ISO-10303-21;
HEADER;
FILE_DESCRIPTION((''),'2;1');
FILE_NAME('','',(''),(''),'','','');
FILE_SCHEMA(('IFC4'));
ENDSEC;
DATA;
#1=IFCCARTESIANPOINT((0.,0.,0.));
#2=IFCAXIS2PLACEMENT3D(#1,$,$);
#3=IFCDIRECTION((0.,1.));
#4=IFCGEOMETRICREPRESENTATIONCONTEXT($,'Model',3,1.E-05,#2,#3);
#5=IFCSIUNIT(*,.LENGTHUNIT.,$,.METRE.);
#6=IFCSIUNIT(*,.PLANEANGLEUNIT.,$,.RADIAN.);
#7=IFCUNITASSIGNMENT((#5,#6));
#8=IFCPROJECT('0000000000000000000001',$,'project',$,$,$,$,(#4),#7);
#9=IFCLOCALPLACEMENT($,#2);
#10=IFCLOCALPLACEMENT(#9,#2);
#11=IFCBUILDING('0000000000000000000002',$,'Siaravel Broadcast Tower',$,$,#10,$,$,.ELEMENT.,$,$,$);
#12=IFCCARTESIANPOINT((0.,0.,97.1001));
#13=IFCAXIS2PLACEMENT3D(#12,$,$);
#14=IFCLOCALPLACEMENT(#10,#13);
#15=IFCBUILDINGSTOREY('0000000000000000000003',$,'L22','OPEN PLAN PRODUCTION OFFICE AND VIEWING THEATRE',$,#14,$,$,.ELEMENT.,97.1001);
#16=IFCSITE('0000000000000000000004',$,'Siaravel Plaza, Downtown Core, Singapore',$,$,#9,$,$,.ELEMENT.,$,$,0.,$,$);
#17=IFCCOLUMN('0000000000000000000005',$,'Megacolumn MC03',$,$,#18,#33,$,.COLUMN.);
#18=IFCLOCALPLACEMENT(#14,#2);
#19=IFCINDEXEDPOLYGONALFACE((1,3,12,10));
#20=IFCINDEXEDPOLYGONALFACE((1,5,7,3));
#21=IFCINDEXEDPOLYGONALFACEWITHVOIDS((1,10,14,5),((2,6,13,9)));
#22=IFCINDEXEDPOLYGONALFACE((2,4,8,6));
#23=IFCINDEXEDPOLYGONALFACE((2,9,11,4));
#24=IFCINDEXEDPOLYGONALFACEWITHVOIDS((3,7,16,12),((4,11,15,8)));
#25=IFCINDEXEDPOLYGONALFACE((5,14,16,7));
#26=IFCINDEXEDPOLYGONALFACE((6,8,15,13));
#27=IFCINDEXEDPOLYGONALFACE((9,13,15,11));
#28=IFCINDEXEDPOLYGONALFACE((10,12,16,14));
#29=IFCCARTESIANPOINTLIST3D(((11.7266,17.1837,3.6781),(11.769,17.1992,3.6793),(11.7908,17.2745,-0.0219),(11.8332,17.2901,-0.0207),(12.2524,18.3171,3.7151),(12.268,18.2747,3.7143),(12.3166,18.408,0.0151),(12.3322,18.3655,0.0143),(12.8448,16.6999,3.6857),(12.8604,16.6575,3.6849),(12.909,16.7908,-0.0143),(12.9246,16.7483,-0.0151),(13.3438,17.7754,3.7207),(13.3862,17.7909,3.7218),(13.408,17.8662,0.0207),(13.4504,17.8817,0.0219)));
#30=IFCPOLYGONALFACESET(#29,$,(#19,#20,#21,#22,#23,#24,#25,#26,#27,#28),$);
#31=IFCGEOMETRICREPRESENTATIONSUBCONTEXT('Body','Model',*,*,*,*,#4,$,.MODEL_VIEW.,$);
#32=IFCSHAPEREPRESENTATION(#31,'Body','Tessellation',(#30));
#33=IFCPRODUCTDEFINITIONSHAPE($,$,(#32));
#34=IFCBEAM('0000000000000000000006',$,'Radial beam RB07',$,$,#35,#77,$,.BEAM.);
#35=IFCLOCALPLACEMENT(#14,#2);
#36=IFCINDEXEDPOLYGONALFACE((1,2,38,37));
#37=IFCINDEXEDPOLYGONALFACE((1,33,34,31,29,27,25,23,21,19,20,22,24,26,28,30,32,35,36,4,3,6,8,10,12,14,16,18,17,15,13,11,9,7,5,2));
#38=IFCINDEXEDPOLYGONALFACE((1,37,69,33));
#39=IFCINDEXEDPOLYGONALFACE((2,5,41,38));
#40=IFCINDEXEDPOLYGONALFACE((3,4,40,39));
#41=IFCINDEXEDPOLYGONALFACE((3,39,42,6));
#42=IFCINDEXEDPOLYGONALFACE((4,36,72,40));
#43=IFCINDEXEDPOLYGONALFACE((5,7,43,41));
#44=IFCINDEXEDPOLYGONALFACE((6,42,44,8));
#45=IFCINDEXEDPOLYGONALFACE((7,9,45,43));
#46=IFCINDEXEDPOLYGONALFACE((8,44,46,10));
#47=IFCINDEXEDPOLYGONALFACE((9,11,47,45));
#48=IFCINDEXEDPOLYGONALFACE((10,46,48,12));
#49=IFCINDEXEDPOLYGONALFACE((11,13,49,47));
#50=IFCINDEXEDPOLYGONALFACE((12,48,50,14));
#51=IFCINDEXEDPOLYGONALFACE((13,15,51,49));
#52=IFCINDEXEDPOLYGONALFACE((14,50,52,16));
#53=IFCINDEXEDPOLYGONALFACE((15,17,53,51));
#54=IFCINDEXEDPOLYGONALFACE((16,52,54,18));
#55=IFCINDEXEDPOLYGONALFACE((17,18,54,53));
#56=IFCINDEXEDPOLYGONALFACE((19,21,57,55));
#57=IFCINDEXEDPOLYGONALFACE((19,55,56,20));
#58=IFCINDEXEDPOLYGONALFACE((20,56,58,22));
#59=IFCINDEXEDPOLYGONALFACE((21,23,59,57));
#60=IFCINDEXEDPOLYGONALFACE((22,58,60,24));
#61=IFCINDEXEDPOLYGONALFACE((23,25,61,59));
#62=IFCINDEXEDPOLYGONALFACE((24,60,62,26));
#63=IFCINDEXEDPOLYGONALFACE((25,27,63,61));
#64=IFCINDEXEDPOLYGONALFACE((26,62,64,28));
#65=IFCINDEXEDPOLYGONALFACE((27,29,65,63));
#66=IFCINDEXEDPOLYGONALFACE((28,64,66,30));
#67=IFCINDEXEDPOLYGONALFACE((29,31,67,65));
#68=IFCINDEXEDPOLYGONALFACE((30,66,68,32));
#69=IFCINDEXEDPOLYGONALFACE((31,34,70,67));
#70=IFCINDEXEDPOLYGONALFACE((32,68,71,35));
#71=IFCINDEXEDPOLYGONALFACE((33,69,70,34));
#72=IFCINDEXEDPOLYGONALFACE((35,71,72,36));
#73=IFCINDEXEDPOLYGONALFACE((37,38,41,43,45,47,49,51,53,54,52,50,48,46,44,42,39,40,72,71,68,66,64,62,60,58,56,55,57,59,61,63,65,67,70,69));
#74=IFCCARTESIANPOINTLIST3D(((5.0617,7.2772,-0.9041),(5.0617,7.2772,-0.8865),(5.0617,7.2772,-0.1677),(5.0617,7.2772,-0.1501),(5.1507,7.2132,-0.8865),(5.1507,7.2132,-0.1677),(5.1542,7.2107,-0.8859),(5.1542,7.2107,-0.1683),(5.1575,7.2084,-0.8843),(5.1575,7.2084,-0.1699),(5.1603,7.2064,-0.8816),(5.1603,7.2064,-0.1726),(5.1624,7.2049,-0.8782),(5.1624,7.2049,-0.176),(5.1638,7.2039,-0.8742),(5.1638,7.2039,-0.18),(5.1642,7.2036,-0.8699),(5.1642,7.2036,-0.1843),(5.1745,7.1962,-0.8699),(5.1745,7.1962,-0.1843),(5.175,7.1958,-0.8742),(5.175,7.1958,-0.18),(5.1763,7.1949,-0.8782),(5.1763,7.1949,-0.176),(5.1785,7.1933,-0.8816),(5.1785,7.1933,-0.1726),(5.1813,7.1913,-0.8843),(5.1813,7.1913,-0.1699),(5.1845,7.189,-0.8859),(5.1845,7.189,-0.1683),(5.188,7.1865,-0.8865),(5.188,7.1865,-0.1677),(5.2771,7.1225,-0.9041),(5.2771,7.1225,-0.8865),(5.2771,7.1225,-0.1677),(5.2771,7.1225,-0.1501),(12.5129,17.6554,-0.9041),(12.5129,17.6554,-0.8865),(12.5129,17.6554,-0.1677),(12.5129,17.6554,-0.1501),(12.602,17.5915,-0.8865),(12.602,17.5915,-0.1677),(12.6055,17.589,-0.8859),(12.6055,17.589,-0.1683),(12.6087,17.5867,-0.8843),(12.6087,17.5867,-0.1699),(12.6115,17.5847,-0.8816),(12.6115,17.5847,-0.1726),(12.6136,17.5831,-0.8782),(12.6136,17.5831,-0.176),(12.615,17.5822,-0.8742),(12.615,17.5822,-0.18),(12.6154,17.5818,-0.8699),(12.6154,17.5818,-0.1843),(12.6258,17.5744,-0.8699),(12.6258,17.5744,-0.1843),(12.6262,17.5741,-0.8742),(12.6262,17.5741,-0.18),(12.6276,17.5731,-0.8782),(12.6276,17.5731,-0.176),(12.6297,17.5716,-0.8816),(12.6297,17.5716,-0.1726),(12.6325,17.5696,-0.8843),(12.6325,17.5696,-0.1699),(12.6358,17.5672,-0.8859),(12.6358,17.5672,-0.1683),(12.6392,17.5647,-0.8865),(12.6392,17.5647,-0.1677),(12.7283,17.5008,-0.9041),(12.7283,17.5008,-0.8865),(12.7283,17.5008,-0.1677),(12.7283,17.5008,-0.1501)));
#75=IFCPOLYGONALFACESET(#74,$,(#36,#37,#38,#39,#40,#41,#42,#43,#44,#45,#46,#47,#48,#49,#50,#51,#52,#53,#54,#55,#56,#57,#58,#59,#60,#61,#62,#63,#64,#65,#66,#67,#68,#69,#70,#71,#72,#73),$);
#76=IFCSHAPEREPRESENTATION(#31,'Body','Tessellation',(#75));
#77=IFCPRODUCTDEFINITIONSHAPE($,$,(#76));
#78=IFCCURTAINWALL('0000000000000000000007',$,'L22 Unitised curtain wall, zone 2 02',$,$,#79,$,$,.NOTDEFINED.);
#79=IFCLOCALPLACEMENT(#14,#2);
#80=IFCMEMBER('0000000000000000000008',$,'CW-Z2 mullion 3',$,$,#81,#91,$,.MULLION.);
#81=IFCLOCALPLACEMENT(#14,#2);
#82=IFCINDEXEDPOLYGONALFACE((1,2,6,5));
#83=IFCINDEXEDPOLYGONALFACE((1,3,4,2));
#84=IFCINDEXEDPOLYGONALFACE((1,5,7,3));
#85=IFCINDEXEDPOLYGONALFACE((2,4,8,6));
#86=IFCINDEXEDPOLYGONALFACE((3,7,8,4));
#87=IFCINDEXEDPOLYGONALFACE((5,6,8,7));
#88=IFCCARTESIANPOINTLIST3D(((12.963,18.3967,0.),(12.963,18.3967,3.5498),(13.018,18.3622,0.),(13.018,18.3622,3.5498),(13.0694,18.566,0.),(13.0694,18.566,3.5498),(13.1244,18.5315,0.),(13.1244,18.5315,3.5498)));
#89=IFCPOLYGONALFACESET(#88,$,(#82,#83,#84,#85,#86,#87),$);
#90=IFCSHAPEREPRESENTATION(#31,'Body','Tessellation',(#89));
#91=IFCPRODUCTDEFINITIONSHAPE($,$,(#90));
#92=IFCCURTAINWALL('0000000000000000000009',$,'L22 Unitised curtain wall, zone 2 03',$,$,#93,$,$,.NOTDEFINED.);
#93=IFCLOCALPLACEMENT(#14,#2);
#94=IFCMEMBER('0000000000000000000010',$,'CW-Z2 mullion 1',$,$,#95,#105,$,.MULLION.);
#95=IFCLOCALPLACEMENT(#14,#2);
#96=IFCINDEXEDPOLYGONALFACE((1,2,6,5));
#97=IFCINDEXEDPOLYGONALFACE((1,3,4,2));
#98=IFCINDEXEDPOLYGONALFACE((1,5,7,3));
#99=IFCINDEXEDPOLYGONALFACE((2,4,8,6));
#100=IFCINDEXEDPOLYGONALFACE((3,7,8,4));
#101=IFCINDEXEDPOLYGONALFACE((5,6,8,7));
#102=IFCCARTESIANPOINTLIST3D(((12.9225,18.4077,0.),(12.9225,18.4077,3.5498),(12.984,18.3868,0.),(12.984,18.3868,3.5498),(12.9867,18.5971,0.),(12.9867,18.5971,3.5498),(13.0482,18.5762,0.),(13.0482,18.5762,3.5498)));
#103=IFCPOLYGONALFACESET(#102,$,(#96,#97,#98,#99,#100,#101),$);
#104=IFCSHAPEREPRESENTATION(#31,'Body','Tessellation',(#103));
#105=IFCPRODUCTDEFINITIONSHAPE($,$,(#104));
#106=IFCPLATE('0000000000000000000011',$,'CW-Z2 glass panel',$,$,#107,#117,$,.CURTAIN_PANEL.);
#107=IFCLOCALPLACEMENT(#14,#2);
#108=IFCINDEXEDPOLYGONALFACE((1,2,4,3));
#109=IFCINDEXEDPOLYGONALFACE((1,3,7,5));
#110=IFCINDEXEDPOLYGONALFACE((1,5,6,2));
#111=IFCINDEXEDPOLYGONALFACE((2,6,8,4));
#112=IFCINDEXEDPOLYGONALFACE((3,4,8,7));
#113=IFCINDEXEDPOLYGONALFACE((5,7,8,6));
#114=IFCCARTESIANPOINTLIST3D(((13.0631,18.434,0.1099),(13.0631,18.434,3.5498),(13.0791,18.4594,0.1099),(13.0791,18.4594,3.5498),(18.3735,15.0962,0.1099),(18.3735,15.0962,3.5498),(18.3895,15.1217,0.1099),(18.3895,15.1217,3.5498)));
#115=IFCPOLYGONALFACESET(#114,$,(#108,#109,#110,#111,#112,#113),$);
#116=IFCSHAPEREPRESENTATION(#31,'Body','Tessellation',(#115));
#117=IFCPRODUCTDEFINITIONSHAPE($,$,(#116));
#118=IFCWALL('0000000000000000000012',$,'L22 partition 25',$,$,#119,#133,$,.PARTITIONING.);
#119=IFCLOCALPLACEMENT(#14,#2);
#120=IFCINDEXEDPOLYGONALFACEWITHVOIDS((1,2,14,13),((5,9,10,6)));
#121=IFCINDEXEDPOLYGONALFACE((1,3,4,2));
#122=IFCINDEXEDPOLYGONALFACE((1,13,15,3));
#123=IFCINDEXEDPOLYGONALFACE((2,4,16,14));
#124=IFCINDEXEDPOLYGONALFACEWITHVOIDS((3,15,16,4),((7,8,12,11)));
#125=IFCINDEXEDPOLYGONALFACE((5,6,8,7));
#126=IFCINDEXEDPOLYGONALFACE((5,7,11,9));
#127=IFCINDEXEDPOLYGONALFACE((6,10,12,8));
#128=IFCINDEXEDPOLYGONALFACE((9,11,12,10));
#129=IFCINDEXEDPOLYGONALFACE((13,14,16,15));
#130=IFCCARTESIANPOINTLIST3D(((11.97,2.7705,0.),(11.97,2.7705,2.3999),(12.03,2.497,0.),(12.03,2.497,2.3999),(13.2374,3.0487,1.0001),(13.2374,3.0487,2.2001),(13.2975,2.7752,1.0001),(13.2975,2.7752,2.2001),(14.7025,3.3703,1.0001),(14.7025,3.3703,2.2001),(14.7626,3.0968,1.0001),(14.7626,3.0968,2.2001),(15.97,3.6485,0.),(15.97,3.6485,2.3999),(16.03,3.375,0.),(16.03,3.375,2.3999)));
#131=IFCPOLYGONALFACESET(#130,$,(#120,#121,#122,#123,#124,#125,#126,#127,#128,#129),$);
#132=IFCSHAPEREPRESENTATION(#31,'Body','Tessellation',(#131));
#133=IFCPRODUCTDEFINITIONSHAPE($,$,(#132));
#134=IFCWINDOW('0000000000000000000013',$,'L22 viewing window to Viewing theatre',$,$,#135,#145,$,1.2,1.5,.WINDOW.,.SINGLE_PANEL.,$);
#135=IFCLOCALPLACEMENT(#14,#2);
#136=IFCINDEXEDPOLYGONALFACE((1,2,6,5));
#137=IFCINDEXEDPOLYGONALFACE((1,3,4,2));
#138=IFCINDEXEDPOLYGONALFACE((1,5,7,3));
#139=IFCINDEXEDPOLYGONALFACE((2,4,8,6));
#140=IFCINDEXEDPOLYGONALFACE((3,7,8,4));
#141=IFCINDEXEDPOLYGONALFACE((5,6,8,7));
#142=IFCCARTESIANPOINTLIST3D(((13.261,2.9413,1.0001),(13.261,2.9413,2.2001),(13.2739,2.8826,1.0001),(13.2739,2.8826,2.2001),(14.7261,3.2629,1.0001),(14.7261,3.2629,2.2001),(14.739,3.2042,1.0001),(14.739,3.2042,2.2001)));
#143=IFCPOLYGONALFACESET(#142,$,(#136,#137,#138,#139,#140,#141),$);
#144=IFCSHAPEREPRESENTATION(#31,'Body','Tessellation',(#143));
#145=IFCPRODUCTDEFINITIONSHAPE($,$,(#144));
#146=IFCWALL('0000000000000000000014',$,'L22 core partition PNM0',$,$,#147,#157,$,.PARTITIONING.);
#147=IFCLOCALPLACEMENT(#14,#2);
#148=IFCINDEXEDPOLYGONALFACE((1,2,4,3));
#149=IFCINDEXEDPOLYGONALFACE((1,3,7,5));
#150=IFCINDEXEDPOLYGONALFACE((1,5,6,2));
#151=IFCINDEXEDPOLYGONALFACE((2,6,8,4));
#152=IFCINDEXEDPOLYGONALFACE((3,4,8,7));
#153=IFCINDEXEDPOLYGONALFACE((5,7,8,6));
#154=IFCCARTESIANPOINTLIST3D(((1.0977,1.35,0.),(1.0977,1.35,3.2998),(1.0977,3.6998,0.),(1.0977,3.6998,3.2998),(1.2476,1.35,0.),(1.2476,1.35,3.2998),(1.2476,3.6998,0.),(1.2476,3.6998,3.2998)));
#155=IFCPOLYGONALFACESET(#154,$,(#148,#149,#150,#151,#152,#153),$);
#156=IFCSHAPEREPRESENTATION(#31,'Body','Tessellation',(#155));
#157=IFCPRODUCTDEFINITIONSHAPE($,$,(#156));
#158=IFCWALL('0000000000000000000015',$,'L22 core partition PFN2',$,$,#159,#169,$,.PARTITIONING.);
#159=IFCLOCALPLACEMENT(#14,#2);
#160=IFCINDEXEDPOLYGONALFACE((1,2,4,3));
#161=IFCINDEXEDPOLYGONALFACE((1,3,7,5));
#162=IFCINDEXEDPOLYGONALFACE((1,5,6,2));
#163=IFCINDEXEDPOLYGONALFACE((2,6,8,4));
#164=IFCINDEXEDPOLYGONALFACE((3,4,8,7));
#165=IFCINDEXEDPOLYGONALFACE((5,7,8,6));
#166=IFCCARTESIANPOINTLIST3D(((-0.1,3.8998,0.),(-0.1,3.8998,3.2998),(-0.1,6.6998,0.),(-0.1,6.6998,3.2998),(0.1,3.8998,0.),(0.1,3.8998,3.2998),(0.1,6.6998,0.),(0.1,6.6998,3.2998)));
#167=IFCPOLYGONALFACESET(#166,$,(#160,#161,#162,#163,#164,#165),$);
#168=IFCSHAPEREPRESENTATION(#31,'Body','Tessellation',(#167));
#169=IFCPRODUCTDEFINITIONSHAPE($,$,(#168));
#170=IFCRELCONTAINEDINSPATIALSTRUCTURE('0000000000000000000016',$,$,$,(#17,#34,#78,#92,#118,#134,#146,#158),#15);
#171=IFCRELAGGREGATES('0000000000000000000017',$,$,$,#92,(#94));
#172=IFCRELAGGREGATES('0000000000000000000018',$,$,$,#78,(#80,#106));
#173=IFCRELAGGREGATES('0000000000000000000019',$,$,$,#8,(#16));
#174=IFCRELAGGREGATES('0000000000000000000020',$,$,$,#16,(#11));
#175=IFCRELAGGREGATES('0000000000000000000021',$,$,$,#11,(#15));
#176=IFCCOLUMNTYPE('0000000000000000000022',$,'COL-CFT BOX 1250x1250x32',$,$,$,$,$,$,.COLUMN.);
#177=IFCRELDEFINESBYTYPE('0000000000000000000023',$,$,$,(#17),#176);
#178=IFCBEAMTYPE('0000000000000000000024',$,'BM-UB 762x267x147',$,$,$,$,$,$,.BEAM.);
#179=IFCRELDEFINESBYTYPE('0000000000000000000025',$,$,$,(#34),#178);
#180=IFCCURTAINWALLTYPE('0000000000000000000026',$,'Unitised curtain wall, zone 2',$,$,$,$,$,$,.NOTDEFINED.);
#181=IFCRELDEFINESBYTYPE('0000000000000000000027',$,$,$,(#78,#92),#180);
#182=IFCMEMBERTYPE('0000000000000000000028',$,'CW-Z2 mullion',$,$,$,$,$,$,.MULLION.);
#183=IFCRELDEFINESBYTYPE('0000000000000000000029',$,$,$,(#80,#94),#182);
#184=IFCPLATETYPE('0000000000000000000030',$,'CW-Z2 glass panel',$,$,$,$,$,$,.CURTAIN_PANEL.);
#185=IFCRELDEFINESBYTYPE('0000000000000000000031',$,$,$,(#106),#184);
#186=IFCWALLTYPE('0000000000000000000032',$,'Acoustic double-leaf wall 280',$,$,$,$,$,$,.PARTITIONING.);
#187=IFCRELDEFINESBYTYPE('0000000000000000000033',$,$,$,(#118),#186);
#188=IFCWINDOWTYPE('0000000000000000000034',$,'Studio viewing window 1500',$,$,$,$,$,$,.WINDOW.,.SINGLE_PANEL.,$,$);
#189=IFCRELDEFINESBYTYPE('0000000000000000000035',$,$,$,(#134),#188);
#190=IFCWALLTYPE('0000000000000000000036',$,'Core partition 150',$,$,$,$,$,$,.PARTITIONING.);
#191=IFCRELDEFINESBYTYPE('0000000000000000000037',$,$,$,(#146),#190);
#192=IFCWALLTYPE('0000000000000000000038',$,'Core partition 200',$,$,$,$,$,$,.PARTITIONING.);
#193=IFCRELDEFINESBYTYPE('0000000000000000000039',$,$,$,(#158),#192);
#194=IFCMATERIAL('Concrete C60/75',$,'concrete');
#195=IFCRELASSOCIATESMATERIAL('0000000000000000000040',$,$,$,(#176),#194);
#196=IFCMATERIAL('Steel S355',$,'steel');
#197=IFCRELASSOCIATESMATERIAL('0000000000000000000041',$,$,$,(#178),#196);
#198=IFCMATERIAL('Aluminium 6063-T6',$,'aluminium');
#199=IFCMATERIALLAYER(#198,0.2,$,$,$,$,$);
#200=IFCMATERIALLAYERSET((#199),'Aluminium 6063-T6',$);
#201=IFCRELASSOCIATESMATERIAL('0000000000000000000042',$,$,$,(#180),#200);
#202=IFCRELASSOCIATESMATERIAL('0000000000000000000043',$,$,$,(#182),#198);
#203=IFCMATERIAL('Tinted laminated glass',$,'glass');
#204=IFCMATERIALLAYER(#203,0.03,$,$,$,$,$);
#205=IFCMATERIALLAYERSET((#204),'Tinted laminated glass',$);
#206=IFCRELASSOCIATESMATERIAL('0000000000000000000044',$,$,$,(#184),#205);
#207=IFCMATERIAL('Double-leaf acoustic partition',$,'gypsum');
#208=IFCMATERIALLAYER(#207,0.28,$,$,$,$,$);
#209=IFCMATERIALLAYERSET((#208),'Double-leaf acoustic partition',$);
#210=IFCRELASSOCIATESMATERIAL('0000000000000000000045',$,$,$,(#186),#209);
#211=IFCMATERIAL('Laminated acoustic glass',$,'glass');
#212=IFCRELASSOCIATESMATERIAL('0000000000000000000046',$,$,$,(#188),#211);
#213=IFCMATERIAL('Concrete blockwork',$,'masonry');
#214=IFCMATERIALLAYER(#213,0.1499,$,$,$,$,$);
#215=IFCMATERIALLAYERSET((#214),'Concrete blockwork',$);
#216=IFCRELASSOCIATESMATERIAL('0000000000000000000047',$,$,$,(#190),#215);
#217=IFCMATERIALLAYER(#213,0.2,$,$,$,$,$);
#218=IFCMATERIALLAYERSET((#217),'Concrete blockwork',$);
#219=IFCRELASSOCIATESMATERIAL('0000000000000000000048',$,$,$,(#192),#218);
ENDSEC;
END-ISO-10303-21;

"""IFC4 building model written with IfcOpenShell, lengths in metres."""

from ifc_helpers import new_model, si_unit, direction, frame, frame_2d, origin, origin_2d, place, context, subcontext, project, spatial, rectangle, hollow_rectangle, i_section, extrude, material, layer, layer_set, material_profile, profile_set, type_object, element, fill, aggregate, save


model = new_model("IFC4")

# Units and contexts
model_context = context("Model", 3, precision=1e-05, world=origin(), true_north=direction((0.0, 1.0)))
body_context = subcontext(model_context, "Body", "Model", "MODEL_VIEW")
ifc_project = project(units=[si_unit("LENGTHUNIT", "METRE"), si_unit("PLANEANGLEUNIT", "RADIAN")], contexts=[model_context])

# Site, building, storey
site_placement = place(None, origin())
site = spatial("IfcSite", under=ifc_project, at=site_placement, Name="Siaravel Plaza, Downtown Core, Singapore", CompositionType="ELEMENT", RefElevation=0.0)
building_placement = place(site_placement, origin())
building = spatial("IfcBuilding", under=site, at=building_placement, Name="Siaravel Broadcast Tower", CompositionType="ELEMENT")
storey_placement = place(building_placement, frame((0.0, 0.0, 97.1001)))
storey = spatial("IfcBuildingStorey", under=building, at=storey_placement, Name="L22", Description="OPEN PLAN PRODUCTION OFFICE AND VIEWING THEATRE", CompositionType="ELEMENT", Elevation=97.1001)

# Column
ifc_material_1 = material(Name="Concrete C60/75", Category="concrete")
ifc_material_profile_1 = material_profile(ifc_material_1, hollow_rectangle(XDim=1.25, YDim=1.25, WallThickness=0.032, at=origin_2d()))
ifc_profile_set_1 = profile_set([ifc_material_profile_1], Name="Concrete C60/75")
column_type = type_object("IfcColumnType", Name="COL-CFT BOX 1250x1250x32", PredefinedType="COLUMN", material=ifc_profile_set_1)
column_placement = place(storey_placement, frame((12.6206, 17.5781, 0.0), z_axis=(-0.017346, -0.024535, 0.999548), x_axis=(0.907049, -0.42099, 0.005407)))
element("IfcColumn", 1, at=column_placement, inside=storey, type_object=column_type, Name="Megacolumn MC03", PredefinedType="COLUMN", context=body_context, shape_type="SweptSolid", body=[
    extrude(hollow_rectangle(XDim=1.25, YDim=1.25, WallThickness=0.032, at=origin_2d()), origin(), (0.0, 0.0, 1.0), 3.7017),
])

# Beam
ifc_material_2 = material(Name="Steel S355", Category="steel")
ifc_material_profile_2 = material_profile(ifc_material_2, i_section(OverallWidth=0.2651, OverallDepth=0.7539, WebThickness=0.0127, FlangeThickness=0.0176, FilletRadius=0.0166, at=origin_2d()))
ifc_profile_set_2 = profile_set([ifc_material_profile_2], Name="Steel S355")
beam_type = type_object("IfcBeamType", Name="BM-UB 762x267x147", PredefinedType="BEAM", material=ifc_profile_set_2)
beam_placement = place(storey_placement, frame((12.6206, 17.5781, -0.5271), z_axis=(-0.583216, -0.812317, 0.0), x_axis=(0.812317, -0.583216, 0.0)))
element("IfcBeam", 2, at=beam_placement, inside=storey, type_object=beam_type, Name="Radial beam RB07", PredefinedType="BEAM", context=body_context, shape_type="SweptSolid", body=[
    extrude(i_section(OverallWidth=0.2651, OverallDepth=0.7539, WebThickness=0.0127, FlangeThickness=0.0176, FilletRadius=0.0166, at=origin_2d()), origin(), (0.0, 0.0, 1.0), 12.7761),
])

# Curtain walls, members
ifc_material_3 = material(Name="Aluminium 6063-T6", Category="aluminium")
ifc_layer_1 = layer(ifc_material_3, 0.2)
ifc_layer_set_1 = layer_set([ifc_layer_1], Name="Aluminium 6063-T6")
curtain_wall_type = type_object("IfcCurtainWallType", Name="Unitised curtain wall, zone 2", PredefinedType="NOTDEFINED", material=ifc_layer_set_1)
curtain_wall_1_placement = place(storey_placement, origin())
curtain_wall_1 = element("IfcCurtainWall", 3, at=curtain_wall_1_placement, inside=storey, type_object=curtain_wall_type, Name="L22 Unitised curtain wall, zone 2 02", PredefinedType="NOTDEFINED")
ifc_material_profile_3 = material_profile(ifc_material_3, rectangle(XDim=0.2, YDim=0.0649, at=origin_2d()))
ifc_profile_set_3 = profile_set([ifc_material_profile_3], Name="Aluminium 6063-T6")
member_type = type_object("IfcMemberType", Name="CW-Z2 mullion", PredefinedType="MULLION", material=ifc_profile_set_3)
member_1_placement = place(storey_placement, frame((13.0437, 18.4641, 0.0), z_axis=(0.0, 0.0, 1.0), x_axis=(-0.532149, -0.846651, 0.0)))
member_1 = element("IfcMember", 4, at=member_1_placement, type_object=member_type, Name="CW-Z2 mullion 3", PredefinedType="MULLION", context=body_context, shape_type="SweptSolid", body=[
    extrude(rectangle(XDim=0.2, YDim=0.0649, at=origin_2d()), origin(), (0.0, 0.0, 1.0), 3.5498),
])
curtain_wall_2_placement = place(storey_placement, origin())
curtain_wall_2 = element("IfcCurtainWall", 5, at=curtain_wall_2_placement, inside=storey, type_object=curtain_wall_type, Name="L22 Unitised curtain wall, zone 2 03", PredefinedType="NOTDEFINED")
member_2_placement = place(storey_placement, frame((12.9854, 18.4919, 0.0), z_axis=(0.0, 0.0, 1.0), x_axis=(-0.3213, -0.946977, 0.0)))
member_2 = element("IfcMember", 6, at=member_2_placement, type_object=member_type, Name="CW-Z2 mullion 1", PredefinedType="MULLION", context=body_context, shape_type="SweptSolid", body=[
    extrude(rectangle(XDim=0.2, YDim=0.0649, at=origin_2d()), origin(), (0.0, 0.0, 1.0), 3.5498),
])
aggregate(curtain_wall_2, [member_2])

# Plate
ifc_material_4 = material(Name="Tinted laminated glass", Category="glass")
ifc_layer_2 = layer(ifc_material_4, 0.03)
ifc_layer_set_2 = layer_set([ifc_layer_2], Name="Tinted laminated glass")
plate_type = type_object("IfcPlateType", Name="CW-Z2 glass panel", PredefinedType="CURTAIN_PANEL", material=ifc_layer_set_2)
plate_placement = place(storey_placement, frame((15.7263, 16.7778, 0.1099), z_axis=(0.0, 0.0, 1.0), x_axis=(-0.846651, 0.532149, 0.0)))
plate = element("IfcPlate", 7, at=plate_placement, type_object=plate_type, Name="CW-Z2 glass panel", PredefinedType="CURTAIN_PANEL", context=body_context, shape_type="SweptSolid", body=[
    extrude(rectangle(XDim=6.2722, YDim=0.03, at=origin_2d()), origin(), (0.0, 0.0, 1.0), 3.4399),
])
aggregate(curtain_wall_1, [member_1, plate])

# Wall, opening, window
ifc_material_5 = material(Name="Double-leaf acoustic partition", Category="gypsum")
ifc_layer_3 = layer(ifc_material_5, 0.28)
ifc_layer_set_3 = layer_set([ifc_layer_3], Name="Double-leaf acoustic partition")
wall_type_1 = type_object("IfcWallType", Name="Acoustic double-leaf wall 280", PredefinedType="PARTITIONING", material=ifc_layer_set_3)
wall_1_placement = place(storey_placement, frame((16.0, 3.5117, 0.0), z_axis=(0.0, 0.0, 1.0), x_axis=(-0.97675, -0.21438, 0.0)))
wall_1 = element("IfcWall", 8, at=wall_1_placement, inside=storey, type_object=wall_type_1, Name="L22 partition 25", PredefinedType="PARTITIONING", context=body_context, shape_type="SweptSolid", body=[
    extrude(rectangle(XDim=4.0952, YDim=0.28, at=frame_2d((2.0476, 0.0))), origin(), (0.0, 0.0, 1.0), 2.3999),
])
opening_1_placement = place(wall_1_placement, frame((1.2976, 0.0, 1.0)))
opening_1 = element("IfcOpeningElement", 9, at=opening_1_placement, cuts=wall_1, PredefinedType="OPENING", context=body_context, shape_type="SweptSolid", body=[
    extrude(rectangle(XDim=1.5, YDim=1.2, at=frame_2d((0.75, 0.6001))), frame((0.0, 0.1499, 0.0), z_axis=(0.0, -1.0, 0.0), x_axis=(1.0, 0.0, 0.0)), (0.0, 0.0, 1.0), 0.3),
])
ifc_material_6 = material(Name="Laminated acoustic glass", Category="glass")
window_type = type_object("IfcWindowType", Name="Studio viewing window 1500", PartitioningType="SINGLE_PANEL", PredefinedType="WINDOW", material=ifc_material_6)
window_placement = place(opening_1_placement, origin())
window = element("IfcWindow", 10, at=window_placement, inside=storey, type_object=window_type, Name="L22 viewing window to Viewing theatre", OverallHeight=1.2, OverallWidth=1.5, PartitioningType="SINGLE_PANEL", PredefinedType="WINDOW", context=body_context, shape_type="SweptSolid", body=[
    extrude(rectangle(XDim=1.5, YDim=1.2, at=frame_2d((0.75, 0.6001))), frame((0.0, 0.03, 0.0), z_axis=(0.0, -1.0, 0.0), x_axis=(1.0, 0.0, 0.0)), (0.0, 0.0, 1.0), 0.0601),
])
fill(opening_1, window)

# Walls
ifc_material_7 = material(Name="Concrete blockwork", Category="masonry")
ifc_layer_4 = layer(ifc_material_7, 0.1499)
ifc_layer_set_4 = layer_set([ifc_layer_4], Name="Concrete blockwork")
wall_type_2 = type_object("IfcWallType", Name="Core partition 150", PredefinedType="PARTITIONING", material=ifc_layer_set_4)
wall_2_placement = place(storey_placement, frame((1.1726, 1.3501, 0.0), z_axis=(0.0, 0.0, 1.0), x_axis=(0.0, 1.0, 0.0)))
element("IfcWall", 11, at=wall_2_placement, inside=storey, type_object=wall_type_2, Name="L22 core partition PNM0", PredefinedType="PARTITIONING", context=body_context, shape_type="SweptSolid", body=[
    extrude(rectangle(XDim=2.3499, YDim=0.1499, at=frame_2d((1.1748, 0.0))), origin(), (0.0, 0.0, 1.0), 3.2998),
])
ifc_layer_5 = layer(ifc_material_7, 0.2)
ifc_layer_set_5 = layer_set([ifc_layer_5], Name="Concrete blockwork")
wall_type_3 = type_object("IfcWallType", Name="Core partition 200", PredefinedType="PARTITIONING", material=ifc_layer_set_5)
wall_3_placement = place(storey_placement, frame((0.0, 3.8999, 0.0), z_axis=(0.0, 0.0, 1.0), x_axis=(0.0, 1.0, 0.0)))
element("IfcWall", 12, at=wall_3_placement, inside=storey, type_object=wall_type_3, Name="L22 core partition PFN2", PredefinedType="PARTITIONING", context=body_context, shape_type="SweptSolid", body=[
    extrude(rectangle(XDim=2.8, YDim=0.2, at=frame_2d((1.3999, 0.0))), origin(), (0.0, 0.0, 1.0), 3.2998),
])

save(model, "model.ifc")
